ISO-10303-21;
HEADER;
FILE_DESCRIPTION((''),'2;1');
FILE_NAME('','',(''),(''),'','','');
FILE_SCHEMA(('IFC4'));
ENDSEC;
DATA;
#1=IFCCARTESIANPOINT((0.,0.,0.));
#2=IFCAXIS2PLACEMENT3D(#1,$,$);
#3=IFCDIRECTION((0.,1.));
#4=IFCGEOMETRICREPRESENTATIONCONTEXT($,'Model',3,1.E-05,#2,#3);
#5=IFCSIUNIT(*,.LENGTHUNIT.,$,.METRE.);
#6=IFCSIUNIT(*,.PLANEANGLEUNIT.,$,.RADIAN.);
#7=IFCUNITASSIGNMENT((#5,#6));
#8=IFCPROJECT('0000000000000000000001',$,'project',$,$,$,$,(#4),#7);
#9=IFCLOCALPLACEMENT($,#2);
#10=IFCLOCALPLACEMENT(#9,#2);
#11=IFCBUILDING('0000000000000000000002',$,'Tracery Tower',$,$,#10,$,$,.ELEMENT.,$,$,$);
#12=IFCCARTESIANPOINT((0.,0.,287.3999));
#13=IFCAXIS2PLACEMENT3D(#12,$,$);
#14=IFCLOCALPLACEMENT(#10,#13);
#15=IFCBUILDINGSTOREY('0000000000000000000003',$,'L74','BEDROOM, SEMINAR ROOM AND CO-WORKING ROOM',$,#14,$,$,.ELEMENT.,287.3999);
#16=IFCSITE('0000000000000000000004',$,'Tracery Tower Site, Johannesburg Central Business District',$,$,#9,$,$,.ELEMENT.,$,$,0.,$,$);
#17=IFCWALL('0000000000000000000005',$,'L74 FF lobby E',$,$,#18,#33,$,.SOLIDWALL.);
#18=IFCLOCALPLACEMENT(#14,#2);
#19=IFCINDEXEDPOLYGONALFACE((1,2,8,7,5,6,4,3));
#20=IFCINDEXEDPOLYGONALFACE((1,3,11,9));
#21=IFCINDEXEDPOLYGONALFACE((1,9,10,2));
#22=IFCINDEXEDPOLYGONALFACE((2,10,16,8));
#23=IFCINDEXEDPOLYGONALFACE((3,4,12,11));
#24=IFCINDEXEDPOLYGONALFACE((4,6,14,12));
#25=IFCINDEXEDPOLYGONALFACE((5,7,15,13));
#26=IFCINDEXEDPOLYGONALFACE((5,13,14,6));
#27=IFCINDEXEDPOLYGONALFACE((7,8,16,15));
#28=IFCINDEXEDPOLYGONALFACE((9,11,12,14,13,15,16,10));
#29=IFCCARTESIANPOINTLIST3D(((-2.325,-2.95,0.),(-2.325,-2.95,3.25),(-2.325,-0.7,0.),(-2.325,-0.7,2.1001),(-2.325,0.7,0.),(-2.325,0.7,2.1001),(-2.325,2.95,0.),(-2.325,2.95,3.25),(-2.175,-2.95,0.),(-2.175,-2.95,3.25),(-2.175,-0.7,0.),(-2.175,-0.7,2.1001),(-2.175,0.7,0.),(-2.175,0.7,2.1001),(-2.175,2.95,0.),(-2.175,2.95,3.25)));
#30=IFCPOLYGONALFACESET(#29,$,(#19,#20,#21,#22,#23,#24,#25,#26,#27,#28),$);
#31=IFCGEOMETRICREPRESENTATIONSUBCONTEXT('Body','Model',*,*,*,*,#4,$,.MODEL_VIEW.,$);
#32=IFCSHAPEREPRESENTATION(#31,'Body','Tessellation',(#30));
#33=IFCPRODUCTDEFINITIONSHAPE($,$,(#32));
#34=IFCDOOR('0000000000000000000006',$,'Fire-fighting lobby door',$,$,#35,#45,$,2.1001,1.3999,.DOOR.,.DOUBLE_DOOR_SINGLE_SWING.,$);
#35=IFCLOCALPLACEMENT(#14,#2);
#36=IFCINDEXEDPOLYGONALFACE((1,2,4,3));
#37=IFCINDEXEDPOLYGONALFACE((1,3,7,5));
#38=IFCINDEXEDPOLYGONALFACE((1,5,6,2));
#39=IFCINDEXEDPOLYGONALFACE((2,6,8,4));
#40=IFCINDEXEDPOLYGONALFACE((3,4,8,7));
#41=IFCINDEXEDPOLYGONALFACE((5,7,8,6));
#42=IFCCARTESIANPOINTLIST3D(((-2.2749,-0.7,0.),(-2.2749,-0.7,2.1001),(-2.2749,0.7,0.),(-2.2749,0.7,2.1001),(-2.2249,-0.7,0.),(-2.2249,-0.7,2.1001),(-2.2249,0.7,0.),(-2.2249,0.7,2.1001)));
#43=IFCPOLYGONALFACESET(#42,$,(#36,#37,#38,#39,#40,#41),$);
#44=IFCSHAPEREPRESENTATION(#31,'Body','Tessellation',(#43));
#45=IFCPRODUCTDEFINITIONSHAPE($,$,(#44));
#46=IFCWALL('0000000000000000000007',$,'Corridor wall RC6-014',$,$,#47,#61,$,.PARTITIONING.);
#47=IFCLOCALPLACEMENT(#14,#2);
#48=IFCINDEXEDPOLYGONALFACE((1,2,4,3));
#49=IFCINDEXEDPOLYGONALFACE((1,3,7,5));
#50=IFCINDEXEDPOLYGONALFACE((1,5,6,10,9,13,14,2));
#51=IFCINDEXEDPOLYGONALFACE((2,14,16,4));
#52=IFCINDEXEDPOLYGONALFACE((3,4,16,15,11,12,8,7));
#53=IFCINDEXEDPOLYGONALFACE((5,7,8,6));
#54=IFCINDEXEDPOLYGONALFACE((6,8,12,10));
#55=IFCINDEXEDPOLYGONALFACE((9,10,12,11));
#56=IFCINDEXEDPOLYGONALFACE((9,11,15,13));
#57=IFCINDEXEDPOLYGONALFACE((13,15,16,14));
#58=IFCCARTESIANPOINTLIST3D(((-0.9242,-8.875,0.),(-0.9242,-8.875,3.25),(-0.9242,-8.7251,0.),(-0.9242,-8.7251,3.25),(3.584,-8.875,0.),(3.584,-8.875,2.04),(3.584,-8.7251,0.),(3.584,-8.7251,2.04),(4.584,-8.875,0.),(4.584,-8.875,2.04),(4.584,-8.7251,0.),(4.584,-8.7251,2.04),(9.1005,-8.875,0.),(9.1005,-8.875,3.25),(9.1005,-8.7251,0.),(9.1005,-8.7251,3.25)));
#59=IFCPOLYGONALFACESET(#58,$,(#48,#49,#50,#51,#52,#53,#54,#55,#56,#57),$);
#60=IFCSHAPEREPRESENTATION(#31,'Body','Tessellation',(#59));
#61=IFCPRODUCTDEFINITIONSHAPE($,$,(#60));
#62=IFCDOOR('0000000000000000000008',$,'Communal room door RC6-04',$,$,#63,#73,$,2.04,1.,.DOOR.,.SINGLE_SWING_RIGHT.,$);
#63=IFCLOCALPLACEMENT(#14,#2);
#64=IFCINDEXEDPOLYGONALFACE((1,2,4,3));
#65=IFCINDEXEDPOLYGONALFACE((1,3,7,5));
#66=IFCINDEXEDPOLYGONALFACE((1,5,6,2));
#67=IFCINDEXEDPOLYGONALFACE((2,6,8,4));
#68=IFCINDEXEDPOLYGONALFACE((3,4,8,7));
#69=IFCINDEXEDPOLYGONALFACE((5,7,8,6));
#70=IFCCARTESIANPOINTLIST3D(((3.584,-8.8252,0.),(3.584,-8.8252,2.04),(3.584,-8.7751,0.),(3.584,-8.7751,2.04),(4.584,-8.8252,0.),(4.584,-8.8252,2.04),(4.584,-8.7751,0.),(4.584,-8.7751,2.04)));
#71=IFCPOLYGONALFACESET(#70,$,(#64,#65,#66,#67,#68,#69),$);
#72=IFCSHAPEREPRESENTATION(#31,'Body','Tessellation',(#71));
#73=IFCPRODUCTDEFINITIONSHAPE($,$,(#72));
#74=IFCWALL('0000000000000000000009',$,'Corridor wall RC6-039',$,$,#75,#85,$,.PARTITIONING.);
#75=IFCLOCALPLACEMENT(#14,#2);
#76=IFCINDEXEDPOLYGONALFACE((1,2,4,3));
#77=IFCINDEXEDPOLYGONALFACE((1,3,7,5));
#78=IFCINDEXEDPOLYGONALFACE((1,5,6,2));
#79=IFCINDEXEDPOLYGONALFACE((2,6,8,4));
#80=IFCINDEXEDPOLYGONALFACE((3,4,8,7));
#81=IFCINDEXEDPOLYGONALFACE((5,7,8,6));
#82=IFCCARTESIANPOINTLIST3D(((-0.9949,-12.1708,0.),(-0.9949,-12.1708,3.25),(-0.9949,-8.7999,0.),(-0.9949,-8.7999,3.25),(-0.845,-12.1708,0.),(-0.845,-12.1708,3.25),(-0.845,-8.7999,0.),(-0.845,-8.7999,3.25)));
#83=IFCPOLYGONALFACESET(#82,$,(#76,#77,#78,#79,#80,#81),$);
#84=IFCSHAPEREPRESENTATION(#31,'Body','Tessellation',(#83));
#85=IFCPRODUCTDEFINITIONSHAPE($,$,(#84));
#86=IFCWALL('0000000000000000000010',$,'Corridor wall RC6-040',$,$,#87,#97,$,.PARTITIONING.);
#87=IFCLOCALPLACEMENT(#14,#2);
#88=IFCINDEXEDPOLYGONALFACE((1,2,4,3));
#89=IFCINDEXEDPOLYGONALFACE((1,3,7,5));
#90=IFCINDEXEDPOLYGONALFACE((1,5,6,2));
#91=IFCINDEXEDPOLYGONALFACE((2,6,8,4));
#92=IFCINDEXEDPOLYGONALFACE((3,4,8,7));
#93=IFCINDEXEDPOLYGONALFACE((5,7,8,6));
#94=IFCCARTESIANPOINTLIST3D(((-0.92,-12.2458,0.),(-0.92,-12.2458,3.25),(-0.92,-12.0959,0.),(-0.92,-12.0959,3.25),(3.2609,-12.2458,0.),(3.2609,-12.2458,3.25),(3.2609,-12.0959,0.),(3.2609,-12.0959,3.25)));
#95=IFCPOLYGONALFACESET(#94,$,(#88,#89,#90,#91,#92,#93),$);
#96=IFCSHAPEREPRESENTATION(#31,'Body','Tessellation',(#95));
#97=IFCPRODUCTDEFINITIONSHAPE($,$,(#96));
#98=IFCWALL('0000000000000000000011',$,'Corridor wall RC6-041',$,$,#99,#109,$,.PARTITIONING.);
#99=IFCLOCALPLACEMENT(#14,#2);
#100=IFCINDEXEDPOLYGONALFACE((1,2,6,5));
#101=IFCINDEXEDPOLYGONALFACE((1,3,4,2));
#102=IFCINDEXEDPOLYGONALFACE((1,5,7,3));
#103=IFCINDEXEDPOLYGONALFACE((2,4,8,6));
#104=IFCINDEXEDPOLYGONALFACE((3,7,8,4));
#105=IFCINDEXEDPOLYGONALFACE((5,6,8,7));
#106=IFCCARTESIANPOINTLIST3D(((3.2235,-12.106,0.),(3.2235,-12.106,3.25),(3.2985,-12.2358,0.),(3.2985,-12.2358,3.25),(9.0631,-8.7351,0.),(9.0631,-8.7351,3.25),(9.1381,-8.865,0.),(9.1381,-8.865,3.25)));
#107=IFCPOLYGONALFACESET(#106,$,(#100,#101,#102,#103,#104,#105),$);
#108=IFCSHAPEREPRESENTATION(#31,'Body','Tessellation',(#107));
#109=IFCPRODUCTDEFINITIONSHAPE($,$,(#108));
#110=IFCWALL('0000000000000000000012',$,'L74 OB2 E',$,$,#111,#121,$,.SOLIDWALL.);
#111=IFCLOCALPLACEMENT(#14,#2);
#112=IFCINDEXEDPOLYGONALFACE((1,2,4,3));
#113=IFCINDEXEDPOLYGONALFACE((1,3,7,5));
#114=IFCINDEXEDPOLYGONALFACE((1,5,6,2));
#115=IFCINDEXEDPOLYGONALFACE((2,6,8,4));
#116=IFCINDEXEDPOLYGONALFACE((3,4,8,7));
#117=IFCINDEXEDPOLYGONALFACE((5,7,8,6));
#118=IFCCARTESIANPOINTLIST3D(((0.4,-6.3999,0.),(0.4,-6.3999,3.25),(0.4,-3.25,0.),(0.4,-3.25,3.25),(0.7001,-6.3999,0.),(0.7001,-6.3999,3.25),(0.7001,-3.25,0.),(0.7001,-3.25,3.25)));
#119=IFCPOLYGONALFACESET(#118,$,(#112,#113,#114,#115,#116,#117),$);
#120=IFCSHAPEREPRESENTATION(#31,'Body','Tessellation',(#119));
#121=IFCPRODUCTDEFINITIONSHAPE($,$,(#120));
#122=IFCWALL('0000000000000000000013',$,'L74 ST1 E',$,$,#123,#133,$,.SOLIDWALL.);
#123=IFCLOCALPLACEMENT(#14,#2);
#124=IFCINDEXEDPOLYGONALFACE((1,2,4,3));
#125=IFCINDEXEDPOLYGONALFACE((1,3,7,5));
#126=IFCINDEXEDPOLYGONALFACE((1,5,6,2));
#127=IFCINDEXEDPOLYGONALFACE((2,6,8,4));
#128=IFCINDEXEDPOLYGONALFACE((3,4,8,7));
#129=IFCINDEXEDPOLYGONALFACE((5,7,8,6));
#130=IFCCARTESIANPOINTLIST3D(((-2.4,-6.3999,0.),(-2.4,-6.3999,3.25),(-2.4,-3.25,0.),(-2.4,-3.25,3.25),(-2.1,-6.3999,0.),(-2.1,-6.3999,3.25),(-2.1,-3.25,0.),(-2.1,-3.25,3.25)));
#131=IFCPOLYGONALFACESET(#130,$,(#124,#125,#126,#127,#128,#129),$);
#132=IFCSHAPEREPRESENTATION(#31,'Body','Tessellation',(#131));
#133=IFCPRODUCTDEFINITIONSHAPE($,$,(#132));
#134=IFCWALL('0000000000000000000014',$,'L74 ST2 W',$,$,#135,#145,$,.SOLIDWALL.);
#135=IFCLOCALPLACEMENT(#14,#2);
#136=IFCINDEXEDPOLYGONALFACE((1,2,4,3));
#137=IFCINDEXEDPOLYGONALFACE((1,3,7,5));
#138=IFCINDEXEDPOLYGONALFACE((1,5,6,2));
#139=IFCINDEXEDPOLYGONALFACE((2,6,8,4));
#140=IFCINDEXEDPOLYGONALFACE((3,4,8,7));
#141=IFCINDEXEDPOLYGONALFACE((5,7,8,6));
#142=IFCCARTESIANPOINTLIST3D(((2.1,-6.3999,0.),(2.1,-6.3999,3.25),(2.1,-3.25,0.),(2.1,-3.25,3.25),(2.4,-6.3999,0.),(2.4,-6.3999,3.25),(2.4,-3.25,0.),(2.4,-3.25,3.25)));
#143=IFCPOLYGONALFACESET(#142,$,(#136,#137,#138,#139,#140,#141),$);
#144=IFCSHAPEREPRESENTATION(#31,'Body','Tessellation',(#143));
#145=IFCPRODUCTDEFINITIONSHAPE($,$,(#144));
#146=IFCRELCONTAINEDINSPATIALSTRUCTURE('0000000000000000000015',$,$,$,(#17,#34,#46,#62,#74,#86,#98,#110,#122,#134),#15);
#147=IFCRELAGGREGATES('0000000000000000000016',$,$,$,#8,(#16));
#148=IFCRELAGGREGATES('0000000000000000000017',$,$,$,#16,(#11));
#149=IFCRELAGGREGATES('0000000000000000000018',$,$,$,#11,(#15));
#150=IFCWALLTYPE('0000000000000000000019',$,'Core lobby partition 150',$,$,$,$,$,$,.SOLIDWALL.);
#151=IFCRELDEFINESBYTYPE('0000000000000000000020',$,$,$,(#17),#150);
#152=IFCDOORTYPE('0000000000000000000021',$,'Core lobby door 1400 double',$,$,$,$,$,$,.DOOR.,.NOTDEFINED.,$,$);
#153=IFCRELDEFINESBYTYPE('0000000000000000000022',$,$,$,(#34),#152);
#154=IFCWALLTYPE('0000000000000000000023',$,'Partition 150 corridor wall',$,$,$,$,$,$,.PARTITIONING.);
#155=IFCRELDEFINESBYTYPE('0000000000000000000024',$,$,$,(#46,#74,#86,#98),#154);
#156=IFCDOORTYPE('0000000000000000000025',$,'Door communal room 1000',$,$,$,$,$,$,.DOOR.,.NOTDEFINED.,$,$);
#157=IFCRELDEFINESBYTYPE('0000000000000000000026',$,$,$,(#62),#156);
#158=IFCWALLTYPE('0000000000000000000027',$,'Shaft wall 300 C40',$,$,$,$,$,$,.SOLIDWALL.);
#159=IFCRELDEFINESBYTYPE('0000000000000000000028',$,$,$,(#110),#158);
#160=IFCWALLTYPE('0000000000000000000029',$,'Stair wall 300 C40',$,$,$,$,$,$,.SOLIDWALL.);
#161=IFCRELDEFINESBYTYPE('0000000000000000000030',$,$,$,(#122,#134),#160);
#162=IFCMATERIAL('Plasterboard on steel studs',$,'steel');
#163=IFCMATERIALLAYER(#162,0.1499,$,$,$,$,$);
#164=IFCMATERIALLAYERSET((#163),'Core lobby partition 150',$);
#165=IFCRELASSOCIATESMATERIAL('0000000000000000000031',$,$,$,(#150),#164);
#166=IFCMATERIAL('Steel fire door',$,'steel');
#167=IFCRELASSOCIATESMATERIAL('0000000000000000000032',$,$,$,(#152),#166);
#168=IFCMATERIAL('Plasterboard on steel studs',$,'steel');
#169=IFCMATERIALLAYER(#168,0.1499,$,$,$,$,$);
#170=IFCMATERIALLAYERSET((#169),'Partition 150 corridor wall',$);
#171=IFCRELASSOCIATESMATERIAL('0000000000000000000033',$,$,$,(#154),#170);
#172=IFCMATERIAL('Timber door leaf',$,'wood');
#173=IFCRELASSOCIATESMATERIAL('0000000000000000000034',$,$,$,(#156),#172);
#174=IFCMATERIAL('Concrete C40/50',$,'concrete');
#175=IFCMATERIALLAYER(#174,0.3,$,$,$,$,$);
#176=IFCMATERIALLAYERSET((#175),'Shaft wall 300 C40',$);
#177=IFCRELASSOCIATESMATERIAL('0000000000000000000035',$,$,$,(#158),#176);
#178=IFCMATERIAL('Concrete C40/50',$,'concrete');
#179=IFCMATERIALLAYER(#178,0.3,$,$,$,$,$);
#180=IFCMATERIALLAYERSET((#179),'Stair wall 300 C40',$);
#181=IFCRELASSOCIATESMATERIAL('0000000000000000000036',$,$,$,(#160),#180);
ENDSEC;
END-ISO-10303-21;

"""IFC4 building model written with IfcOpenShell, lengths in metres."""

from ifc_helpers import new_model, si_unit, direction, frame, frame_2d, origin, place, context, subcontext, project, spatial, rectangle, extrude, material, layer, layer_set, type_object, element, fill, save


model = new_model("IFC4")

# Units and contexts
model_context = context("Model", 3, precision=1e-05, world=origin(), true_north=direction((0.0, 1.0)))
body_context = subcontext(model_context, "Body", "Model", "MODEL_VIEW")
ifc_project = project(units=[si_unit("LENGTHUNIT", "METRE"), si_unit("PLANEANGLEUNIT", "RADIAN")], contexts=[model_context])

# Site, building, storey
site_placement = place(None, origin())
site = spatial("IfcSite", under=ifc_project, at=site_placement, Name="Tracery Tower Site, Johannesburg Central Business District", CompositionType="ELEMENT", RefElevation=0.0)
building_placement = place(site_placement, origin())
building = spatial("IfcBuilding", under=site, at=building_placement, Name="Tracery Tower", CompositionType="ELEMENT")
storey_placement = place(building_placement, frame((0.0, 0.0, 287.3999)))
storey = spatial("IfcBuildingStorey", under=building, at=storey_placement, Name="L74", Description="BEDROOM, SEMINAR ROOM AND CO-WORKING ROOM", CompositionType="ELEMENT", Elevation=287.3999)

# Walls, openings, doors
ifc_material_1 = material(Name="Plasterboard on steel studs", Category="steel")
ifc_layer_1 = layer(ifc_material_1, 0.1499)
ifc_layer_set_1 = layer_set([ifc_layer_1], Name="Core lobby partition 150")
wall_type_1 = type_object("IfcWallType", Name="Core lobby partition 150", PredefinedType="SOLIDWALL", material=ifc_layer_set_1)
wall_1_placement = place(storey_placement, frame((-2.25, -2.95, 0.0), z_axis=(0.0, 0.0, 1.0), x_axis=(0.0, 1.0, 0.0)))
wall_1 = element("IfcWall", 1, at=wall_1_placement, inside=storey, type_object=wall_type_1, Name="L74 FF lobby E", PredefinedType="SOLIDWALL", context=body_context, shape_type="SweptSolid", body=[
    extrude(rectangle(XDim=5.8999, YDim=0.1499, at=frame_2d((2.95, 0.0))), origin(), (0.0, 0.0, 1.0), 3.25),
])
opening_1_placement = place(wall_1_placement, frame((2.25, 0.0, 0.0)))
opening_1 = element("IfcOpeningElement", 2, at=opening_1_placement, cuts=wall_1, PredefinedType="OPENING", context=body_context, shape_type="SweptSolid", body=[
    extrude(rectangle(XDim=1.3999, YDim=2.1001, at=frame_2d((0.7, 1.05))), frame((0.0, 0.075, 0.0), z_axis=(0.0, -1.0, 0.0), x_axis=(1.0, 0.0, 0.0)), (0.0, 0.0, 1.0), 0.1499),
])
ifc_material_2 = material(Name="Steel fire door", Category="steel")
door_type_1 = type_object("IfcDoorType", Name="Core lobby door 1400 double", OperationType="NOTDEFINED", PredefinedType="DOOR", material=ifc_material_2)
door_1_placement = place(opening_1_placement, origin())
door_1 = element("IfcDoor", 3, at=door_1_placement, inside=storey, type_object=door_type_1, Name="Fire-fighting lobby door", OperationType="DOUBLE_DOOR_SINGLE_SWING", OverallHeight=2.1001, OverallWidth=1.3999, PredefinedType="DOOR", context=body_context, shape_type="SweptSolid", body=[
    extrude(rectangle(XDim=1.3999, YDim=2.1001, at=frame_2d((0.7, 1.05))), frame((0.0, 0.0249, 0.0), z_axis=(0.0, -1.0, 0.0), x_axis=(1.0, 0.0, 0.0)), (0.0, 0.0, 1.0), 0.05),
])
fill(opening_1, door_1)
ifc_material_3 = material(Name="Plasterboard on steel studs", Category="steel")
ifc_layer_2 = layer(ifc_material_3, 0.1499)
ifc_layer_set_2 = layer_set([ifc_layer_2], Name="Partition 150 corridor wall")
wall_type_2 = type_object("IfcWallType", Name="Partition 150 corridor wall", PredefinedType="PARTITIONING", material=ifc_layer_set_2)
wall_2_placement = place(storey_placement, frame((-0.9241, -8.8, 0.0), z_axis=(0.0, 0.0, 1.0), x_axis=(1.0, 0.0, 0.0)))
wall_2 = element("IfcWall", 4, at=wall_2_placement, inside=storey, type_object=wall_type_2, Name="Corridor wall RC6-014", PredefinedType="PARTITIONING", context=body_context, shape_type="SweptSolid", body=[
    extrude(rectangle(XDim=10.0247, YDim=0.1499, at=frame_2d((5.0122, 0.0))), origin(), (0.0, 0.0, 1.0), 3.25),
])
opening_2_placement = place(wall_2_placement, frame((4.5081, 0.0, 0.0)))
opening_2 = element("IfcOpeningElement", 5, at=opening_2_placement, cuts=wall_2, PredefinedType="OPENING", context=body_context, shape_type="SweptSolid", body=[
    extrude(rectangle(XDim=1.0, YDim=2.04, at=frame_2d((0.5, 1.02))), frame((0.0, 0.075, 0.0), z_axis=(0.0, -1.0, 0.0), x_axis=(1.0, 0.0, 0.0)), (0.0, 0.0, 1.0), 0.1499),
])
ifc_material_4 = material(Name="Timber door leaf", Category="wood")
door_type_2 = type_object("IfcDoorType", Name="Door communal room 1000", OperationType="NOTDEFINED", PredefinedType="DOOR", material=ifc_material_4)
door_2_placement = place(opening_2_placement, origin())
door_2 = element("IfcDoor", 6, at=door_2_placement, inside=storey, type_object=door_type_2, Name="Communal room door RC6-04", OperationType="SINGLE_SWING_RIGHT", OverallHeight=2.04, OverallWidth=1.0, PredefinedType="DOOR", context=body_context, shape_type="SweptSolid", body=[
    extrude(rectangle(XDim=1.0, YDim=2.04, at=frame_2d((0.5, 1.02))), frame((0.0, 0.0249, 0.0), z_axis=(0.0, -1.0, 0.0), x_axis=(1.0, 0.0, 0.0)), (0.0, 0.0, 1.0), 0.05),
])
fill(opening_2, door_2)

# Walls
wall_3_placement = place(storey_placement, frame((-0.9199, -12.1709, 0.0), z_axis=(0.0, 0.0, 1.0), x_axis=(0.0, 1.0, 0.0)))
element("IfcWall", 7, at=wall_3_placement, inside=storey, type_object=wall_type_2, Name="Corridor wall RC6-039", PredefinedType="PARTITIONING", context=body_context, shape_type="SweptSolid", body=[
    extrude(rectangle(XDim=3.3708, YDim=0.1499, at=frame_2d((1.6855, 0.0))), origin(), (0.0, 0.0, 1.0), 3.25),
])
wall_4_placement = place(storey_placement, frame((-0.9199, -12.1709, 0.0), z_axis=(0.0, 0.0, 1.0), x_axis=(1.0, 0.0, 0.0)))
element("IfcWall", 8, at=wall_4_placement, inside=storey, type_object=wall_type_2, Name="Corridor wall RC6-040", PredefinedType="PARTITIONING", context=body_context, shape_type="SweptSolid", body=[
    extrude(rectangle(XDim=4.1809, YDim=0.1499, at=frame_2d((2.0903, 0.0))), origin(), (0.0, 0.0, 1.0), 3.25),
])
wall_5_placement = place(storey_placement, frame((3.261, -12.1709, 0.0), z_axis=(0.0, 0.0, 1.0), x_axis=(0.866067, 0.499928, 0.0)))
element("IfcWall", 9, at=wall_5_placement, inside=storey, type_object=wall_type_2, Name="Corridor wall RC6-041", PredefinedType="PARTITIONING", context=body_context, shape_type="SweptSolid", body=[
    extrude(rectangle(XDim=6.7427, YDim=0.1499, at=frame_2d((3.3713, 0.0))), origin(), (0.0, 0.0, 1.0), 3.25),
])
ifc_material_5 = material(Name="Concrete C40/50", Category="concrete")
ifc_layer_3 = layer(ifc_material_5, 0.3)
ifc_layer_set_3 = layer_set([ifc_layer_3], Name="Shaft wall 300 C40")
wall_type_3 = type_object("IfcWallType", Name="Shaft wall 300 C40", PredefinedType="SOLIDWALL", material=ifc_layer_set_3)
wall_6_placement = place(storey_placement, frame((0.55, -6.3999, 0.0), z_axis=(0.0, 0.0, 1.0), x_axis=(0.0, 1.0, 0.0)))
element("IfcWall", 10, at=wall_6_placement, inside=storey, type_object=wall_type_3, Name="L74 OB2 E", PredefinedType="SOLIDWALL", context=body_context, shape_type="SweptSolid", body=[
    extrude(rectangle(XDim=3.1499, YDim=0.3, at=frame_2d((1.575, 0.0))), origin(), (0.0, 0.0, 1.0), 3.25),
])

# Shared definitions
ifc_material_6 = material(Name="Concrete C40/50", Category="concrete")
ifc_layer_4 = layer(ifc_material_6, 0.3)
ifc_layer_set_4 = layer_set([ifc_layer_4], Name="Stair wall 300 C40")
wall_type_4 = type_object("IfcWallType", Name="Stair wall 300 C40", PredefinedType="SOLIDWALL", material=ifc_layer_set_4)

# Walls
for number, where, z_axis, x_axis, name in (
    (11, (-2.25, -6.3999, 0.0), (0.0, 0.0, 1.0), (0.0, 1.0, 0.0), "L74 ST1 E"),
    (12, (2.25, -6.3999, 0.0), (0.0, 0.0, 1.0), (0.0, 1.0, 0.0), "L74 ST2 W"),
):
    element("IfcWall", number, at=place(storey_placement, frame(where, z_axis=z_axis, x_axis=x_axis)), inside=storey, type_object=wall_type_4, Name=name, PredefinedType="SOLIDWALL", context=body_context, shape_type="SweptSolid", body=[
        extrude(rectangle(XDim=3.1499, YDim=0.3, at=frame_2d((1.575, 0.0))), origin(), (0.0, 0.0, 1.0), 3.25),
    ])

save(model, "model.ifc")
